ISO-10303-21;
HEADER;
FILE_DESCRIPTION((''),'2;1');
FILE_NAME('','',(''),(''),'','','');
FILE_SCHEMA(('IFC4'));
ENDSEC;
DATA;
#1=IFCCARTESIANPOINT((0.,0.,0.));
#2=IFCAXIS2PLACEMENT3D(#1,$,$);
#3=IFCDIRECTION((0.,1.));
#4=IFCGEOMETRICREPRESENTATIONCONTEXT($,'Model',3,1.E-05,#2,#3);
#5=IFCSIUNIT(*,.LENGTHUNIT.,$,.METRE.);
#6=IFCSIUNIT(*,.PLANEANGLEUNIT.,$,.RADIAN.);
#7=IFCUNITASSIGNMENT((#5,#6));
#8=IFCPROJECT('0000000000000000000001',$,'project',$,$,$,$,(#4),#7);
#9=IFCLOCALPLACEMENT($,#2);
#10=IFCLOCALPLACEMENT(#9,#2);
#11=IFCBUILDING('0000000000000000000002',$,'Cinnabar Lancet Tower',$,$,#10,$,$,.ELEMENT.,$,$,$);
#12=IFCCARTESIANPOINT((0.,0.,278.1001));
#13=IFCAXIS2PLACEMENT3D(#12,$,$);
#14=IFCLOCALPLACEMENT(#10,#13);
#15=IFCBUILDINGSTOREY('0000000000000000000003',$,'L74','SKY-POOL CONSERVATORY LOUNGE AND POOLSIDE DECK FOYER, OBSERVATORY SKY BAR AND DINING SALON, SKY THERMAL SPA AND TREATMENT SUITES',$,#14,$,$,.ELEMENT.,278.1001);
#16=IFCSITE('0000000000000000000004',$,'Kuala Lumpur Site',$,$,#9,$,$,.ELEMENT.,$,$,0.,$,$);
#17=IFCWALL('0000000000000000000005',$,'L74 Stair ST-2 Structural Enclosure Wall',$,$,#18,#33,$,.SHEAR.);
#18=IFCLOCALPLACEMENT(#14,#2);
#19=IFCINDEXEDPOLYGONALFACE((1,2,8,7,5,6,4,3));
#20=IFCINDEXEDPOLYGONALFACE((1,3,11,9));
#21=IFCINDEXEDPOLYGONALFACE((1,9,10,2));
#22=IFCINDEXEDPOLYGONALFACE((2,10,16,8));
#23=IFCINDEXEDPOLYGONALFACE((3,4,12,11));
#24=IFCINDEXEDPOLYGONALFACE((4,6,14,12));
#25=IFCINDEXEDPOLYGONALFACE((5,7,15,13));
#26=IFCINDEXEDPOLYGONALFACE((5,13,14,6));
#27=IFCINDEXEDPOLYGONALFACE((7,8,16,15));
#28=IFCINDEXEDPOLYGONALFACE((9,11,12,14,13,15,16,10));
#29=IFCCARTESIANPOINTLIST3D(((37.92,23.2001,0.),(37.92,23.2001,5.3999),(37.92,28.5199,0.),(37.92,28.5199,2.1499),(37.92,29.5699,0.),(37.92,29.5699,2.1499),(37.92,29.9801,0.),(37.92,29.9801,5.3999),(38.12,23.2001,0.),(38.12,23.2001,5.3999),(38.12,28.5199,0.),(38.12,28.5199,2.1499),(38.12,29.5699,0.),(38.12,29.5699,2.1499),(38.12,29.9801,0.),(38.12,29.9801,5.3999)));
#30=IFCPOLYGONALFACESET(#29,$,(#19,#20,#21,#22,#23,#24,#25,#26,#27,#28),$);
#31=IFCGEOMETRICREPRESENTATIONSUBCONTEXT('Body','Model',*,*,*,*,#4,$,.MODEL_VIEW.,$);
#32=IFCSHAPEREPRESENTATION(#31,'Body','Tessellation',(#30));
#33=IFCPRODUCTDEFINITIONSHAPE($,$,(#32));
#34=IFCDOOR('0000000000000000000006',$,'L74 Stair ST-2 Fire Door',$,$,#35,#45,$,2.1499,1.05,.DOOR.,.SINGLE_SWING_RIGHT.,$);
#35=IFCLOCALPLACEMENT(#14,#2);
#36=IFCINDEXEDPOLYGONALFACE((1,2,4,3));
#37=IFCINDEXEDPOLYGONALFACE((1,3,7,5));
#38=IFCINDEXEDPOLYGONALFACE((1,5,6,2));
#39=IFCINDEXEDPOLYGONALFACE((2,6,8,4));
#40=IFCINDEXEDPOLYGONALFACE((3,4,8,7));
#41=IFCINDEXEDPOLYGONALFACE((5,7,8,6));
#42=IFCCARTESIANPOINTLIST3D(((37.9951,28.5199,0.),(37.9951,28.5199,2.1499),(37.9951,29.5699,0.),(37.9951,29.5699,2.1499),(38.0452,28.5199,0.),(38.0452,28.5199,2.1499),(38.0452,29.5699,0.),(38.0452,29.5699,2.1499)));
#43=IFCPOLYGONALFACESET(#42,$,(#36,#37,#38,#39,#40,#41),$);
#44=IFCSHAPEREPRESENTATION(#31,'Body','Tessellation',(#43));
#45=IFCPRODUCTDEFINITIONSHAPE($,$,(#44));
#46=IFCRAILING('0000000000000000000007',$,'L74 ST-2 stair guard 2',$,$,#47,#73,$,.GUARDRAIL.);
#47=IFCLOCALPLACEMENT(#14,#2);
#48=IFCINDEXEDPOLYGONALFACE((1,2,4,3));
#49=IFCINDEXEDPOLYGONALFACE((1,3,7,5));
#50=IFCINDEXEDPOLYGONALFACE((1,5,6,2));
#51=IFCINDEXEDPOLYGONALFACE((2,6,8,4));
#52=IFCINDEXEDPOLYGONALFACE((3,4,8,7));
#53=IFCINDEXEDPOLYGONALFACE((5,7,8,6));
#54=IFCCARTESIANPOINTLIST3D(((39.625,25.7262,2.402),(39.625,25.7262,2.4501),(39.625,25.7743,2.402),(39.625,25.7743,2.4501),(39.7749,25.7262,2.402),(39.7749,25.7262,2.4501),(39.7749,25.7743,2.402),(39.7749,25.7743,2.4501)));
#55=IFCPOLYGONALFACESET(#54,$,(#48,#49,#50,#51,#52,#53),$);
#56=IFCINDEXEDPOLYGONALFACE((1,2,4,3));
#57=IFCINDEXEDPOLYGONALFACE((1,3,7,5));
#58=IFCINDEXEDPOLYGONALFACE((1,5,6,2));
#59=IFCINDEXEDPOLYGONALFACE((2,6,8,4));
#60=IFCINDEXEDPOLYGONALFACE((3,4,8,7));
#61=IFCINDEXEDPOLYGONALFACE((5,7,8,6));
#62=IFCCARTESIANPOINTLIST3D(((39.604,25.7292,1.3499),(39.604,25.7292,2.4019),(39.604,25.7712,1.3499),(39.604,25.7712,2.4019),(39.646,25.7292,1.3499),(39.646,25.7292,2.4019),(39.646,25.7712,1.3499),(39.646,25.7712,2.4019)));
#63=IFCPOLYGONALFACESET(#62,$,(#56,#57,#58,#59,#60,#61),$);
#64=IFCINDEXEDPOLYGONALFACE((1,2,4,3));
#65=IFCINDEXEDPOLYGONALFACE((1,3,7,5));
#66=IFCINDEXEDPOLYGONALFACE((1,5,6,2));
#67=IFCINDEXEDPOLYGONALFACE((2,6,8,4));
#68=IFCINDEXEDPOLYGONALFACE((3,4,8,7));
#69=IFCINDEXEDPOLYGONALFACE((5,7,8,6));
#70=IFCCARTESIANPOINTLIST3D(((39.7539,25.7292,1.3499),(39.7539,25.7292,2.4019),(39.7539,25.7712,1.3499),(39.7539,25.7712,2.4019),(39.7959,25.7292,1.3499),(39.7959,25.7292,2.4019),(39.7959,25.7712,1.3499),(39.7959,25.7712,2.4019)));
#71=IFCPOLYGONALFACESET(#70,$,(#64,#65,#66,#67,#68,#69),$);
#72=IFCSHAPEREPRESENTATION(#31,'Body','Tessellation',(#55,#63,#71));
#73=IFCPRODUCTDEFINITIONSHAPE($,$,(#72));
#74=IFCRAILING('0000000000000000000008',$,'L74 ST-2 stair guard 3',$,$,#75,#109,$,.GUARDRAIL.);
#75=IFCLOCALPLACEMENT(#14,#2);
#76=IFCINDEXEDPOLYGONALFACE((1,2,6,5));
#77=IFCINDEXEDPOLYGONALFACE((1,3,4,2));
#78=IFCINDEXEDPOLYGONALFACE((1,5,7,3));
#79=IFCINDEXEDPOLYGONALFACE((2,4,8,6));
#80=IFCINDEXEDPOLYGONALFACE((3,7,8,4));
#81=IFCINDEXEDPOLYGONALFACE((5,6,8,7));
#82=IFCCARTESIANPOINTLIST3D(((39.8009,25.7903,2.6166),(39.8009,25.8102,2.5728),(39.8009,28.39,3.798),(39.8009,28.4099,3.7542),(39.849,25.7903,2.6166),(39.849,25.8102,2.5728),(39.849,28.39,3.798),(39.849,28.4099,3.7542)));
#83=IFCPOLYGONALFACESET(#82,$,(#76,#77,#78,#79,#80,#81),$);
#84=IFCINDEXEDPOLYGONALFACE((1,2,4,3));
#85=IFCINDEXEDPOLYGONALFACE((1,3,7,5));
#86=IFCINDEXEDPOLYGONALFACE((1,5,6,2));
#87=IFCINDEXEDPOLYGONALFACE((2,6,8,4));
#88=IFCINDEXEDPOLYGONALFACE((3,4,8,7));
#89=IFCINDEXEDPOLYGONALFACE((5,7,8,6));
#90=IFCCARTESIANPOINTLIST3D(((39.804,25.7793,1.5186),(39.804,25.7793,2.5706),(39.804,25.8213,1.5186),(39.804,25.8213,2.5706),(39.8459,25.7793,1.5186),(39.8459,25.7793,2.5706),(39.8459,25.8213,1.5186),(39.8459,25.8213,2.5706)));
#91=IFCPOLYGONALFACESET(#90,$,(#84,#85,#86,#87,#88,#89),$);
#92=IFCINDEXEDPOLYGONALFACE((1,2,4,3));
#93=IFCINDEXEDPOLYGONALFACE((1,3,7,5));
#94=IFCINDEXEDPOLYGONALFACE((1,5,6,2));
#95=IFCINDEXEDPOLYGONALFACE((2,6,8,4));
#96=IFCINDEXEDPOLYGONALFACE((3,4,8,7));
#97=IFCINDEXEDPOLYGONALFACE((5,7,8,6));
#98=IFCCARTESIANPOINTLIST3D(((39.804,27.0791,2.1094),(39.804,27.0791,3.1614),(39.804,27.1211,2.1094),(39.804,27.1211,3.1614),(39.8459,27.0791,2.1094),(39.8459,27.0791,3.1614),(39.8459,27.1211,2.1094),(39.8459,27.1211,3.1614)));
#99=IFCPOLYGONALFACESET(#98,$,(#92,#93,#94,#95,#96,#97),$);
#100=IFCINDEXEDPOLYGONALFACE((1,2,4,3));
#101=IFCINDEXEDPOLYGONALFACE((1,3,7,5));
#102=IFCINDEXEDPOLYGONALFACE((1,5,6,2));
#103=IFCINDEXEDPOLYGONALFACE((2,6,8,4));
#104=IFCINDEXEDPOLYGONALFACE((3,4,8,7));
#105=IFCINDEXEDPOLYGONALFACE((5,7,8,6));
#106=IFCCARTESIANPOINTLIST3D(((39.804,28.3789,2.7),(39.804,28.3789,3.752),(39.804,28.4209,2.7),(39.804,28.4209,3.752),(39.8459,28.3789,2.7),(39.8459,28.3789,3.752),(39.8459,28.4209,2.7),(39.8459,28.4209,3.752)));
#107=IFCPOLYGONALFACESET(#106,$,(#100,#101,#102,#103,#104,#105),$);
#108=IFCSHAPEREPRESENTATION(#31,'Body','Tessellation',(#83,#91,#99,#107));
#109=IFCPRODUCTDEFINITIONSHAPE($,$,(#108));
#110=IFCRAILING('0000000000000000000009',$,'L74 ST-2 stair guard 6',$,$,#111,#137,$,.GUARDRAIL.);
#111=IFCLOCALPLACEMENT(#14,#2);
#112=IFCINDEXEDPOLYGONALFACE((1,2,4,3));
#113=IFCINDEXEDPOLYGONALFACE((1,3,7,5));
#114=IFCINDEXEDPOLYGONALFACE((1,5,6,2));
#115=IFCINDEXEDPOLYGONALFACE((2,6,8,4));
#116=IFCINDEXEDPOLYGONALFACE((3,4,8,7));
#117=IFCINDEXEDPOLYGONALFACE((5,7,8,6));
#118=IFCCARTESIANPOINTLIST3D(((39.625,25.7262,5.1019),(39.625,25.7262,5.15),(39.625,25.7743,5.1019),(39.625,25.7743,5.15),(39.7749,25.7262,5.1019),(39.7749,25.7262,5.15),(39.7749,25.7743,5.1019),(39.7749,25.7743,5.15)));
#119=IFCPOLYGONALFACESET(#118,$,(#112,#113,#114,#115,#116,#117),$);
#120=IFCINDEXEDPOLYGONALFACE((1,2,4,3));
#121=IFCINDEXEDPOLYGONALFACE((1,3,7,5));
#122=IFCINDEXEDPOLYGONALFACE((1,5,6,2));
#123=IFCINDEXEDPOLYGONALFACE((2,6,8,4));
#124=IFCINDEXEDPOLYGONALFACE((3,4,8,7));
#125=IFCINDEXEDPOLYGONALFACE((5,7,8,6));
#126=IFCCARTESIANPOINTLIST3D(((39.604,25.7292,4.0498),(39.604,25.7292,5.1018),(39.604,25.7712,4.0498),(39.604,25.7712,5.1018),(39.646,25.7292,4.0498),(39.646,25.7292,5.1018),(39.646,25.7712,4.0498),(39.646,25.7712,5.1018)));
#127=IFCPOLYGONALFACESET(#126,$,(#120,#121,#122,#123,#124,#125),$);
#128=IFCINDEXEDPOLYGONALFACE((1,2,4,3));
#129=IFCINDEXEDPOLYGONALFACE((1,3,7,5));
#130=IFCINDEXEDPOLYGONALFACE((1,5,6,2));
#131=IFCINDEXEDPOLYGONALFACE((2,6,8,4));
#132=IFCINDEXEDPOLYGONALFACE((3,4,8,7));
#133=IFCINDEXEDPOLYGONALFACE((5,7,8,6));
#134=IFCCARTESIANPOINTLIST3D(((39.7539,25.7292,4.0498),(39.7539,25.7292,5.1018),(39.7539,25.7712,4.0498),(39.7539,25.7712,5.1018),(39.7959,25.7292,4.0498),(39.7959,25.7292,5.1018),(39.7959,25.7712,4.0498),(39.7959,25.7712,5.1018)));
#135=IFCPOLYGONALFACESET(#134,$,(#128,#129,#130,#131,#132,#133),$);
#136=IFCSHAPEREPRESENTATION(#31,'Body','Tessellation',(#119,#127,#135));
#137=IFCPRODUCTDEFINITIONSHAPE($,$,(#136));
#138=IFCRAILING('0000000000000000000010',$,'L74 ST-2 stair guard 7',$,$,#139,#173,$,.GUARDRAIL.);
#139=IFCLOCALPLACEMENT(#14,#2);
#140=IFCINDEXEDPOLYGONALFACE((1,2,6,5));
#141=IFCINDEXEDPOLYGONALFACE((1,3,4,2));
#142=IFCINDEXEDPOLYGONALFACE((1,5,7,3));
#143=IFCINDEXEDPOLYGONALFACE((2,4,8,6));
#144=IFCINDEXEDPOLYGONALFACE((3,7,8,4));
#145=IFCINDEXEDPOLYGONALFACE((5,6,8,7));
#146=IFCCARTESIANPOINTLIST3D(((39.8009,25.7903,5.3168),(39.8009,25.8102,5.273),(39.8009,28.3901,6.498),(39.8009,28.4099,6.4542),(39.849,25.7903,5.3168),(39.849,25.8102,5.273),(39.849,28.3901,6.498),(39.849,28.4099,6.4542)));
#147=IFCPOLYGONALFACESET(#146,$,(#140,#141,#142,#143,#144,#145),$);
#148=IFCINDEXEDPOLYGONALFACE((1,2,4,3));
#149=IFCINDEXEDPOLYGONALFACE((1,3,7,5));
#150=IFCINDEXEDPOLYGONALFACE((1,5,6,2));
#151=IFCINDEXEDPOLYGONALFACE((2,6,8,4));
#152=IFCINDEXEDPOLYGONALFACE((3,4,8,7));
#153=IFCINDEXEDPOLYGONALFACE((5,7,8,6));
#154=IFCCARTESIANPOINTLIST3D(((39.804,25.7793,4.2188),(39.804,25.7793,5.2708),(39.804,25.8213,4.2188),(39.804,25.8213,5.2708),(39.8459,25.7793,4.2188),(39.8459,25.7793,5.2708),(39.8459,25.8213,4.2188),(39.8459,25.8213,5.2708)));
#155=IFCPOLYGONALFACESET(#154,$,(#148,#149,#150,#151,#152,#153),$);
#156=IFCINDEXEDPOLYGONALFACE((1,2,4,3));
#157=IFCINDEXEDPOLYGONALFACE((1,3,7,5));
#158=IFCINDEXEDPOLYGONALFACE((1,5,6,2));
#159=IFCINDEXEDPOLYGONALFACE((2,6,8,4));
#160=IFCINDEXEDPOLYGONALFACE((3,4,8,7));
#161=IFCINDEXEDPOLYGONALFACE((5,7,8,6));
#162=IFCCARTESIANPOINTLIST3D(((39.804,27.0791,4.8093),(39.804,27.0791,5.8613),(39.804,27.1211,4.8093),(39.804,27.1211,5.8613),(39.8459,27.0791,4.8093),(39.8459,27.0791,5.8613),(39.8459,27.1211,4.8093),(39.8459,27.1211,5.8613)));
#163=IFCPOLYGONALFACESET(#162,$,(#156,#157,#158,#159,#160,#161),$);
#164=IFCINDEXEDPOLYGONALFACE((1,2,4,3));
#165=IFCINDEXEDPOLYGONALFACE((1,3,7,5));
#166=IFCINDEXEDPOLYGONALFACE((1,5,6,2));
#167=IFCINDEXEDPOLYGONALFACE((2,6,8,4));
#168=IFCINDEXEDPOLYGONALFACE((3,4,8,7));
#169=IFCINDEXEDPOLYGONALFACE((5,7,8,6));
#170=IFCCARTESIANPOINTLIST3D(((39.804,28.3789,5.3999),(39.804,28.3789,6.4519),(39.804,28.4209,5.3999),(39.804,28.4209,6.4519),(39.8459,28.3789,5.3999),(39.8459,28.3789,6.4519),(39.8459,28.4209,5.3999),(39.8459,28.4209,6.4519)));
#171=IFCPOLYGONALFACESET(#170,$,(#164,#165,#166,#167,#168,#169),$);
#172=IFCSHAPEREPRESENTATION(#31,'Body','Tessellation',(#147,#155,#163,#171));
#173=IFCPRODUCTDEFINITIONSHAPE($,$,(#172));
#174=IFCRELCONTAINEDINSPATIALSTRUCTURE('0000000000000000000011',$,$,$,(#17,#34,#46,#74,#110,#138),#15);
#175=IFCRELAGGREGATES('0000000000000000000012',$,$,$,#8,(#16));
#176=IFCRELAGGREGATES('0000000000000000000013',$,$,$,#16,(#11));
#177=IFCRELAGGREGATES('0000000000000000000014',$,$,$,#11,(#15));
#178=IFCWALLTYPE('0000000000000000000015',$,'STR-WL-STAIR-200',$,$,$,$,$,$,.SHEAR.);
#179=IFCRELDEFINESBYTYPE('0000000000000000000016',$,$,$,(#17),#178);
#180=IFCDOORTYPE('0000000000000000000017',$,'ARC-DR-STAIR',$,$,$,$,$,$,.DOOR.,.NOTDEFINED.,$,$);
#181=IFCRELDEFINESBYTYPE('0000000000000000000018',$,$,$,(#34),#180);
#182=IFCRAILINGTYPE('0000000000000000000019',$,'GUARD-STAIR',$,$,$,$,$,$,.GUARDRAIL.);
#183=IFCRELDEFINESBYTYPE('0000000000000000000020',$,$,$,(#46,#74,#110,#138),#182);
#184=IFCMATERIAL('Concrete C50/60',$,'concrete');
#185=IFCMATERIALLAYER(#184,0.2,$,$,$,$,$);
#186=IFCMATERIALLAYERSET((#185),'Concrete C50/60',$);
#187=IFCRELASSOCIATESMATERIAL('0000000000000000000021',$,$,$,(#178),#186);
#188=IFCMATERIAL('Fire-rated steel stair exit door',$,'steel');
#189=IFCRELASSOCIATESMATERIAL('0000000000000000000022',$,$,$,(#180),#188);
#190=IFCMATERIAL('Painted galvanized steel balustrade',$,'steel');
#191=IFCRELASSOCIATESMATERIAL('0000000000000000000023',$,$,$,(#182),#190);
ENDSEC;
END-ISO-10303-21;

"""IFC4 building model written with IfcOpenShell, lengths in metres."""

from ifc_helpers import new_model, si_unit, direction, frame, frame_2d, origin, origin_2d, place, context, subcontext, project, spatial, rectangle, extrude, material, layer, layer_set, type_object, element, fill, save


model = new_model("IFC4")

# Units and contexts
model_context = context("Model", 3, precision=1e-05, world=origin(), true_north=direction((0.0, 1.0)))
body_context = subcontext(model_context, "Body", "Model", "MODEL_VIEW")
ifc_project = project(units=[si_unit("LENGTHUNIT", "METRE"), si_unit("PLANEANGLEUNIT", "RADIAN")], contexts=[model_context])

# Site, building, storey
site_placement = place(None, origin())
site = spatial("IfcSite", under=ifc_project, at=site_placement, Name="Kuala Lumpur Site", CompositionType="ELEMENT", RefElevation=0.0)
building_placement = place(site_placement, origin())
building = spatial("IfcBuilding", under=site, at=building_placement, Name="Cinnabar Lancet Tower", CompositionType="ELEMENT")
storey_placement = place(building_placement, frame((0.0, 0.0, 278.1001)))
storey = spatial("IfcBuildingStorey", under=building, at=storey_placement, Name="L74", Description="SKY-POOL CONSERVATORY LOUNGE AND POOLSIDE DECK FOYER, OBSERVATORY SKY BAR AND DINING SALON, SKY THERMAL SPA AND TREATMENT SUITES", CompositionType="ELEMENT", Elevation=278.1001)

# Wall, opening, door
ifc_material_1 = material(Name="Concrete C50/60", Category="concrete")
ifc_layer_1 = layer(ifc_material_1, 0.2)
ifc_layer_set_1 = layer_set([ifc_layer_1], Name="Concrete C50/60")
wall_type_1 = type_object("IfcWallType", Name="STR-WL-STAIR-200", PredefinedType="SHEAR", material=ifc_layer_set_1)
wall_1_placement = place(storey_placement, frame((38.02, 23.2, 0.0), z_axis=(0.0, 0.0, 1.0), x_axis=(0.0, 1.0, 0.0)))
wall_1 = element("IfcWall", 1, at=wall_1_placement, inside=storey, type_object=wall_type_1, Name="L74 Stair ST-2 Structural Enclosure Wall", PredefinedType="SHEAR", context=body_context, shape_type="SweptSolid", body=[
    extrude(rectangle(XDim=6.78, YDim=0.2, at=frame_2d((3.3901, 0.0))), origin(), (0.0, 0.0, 1.0), 5.3999),
])
opening_1_placement = place(wall_1_placement, frame((5.3201, 0.0, 0.0)))
opening_1 = element("IfcOpeningElement", 2, at=opening_1_placement, cuts=wall_1, PredefinedType="OPENING", context=body_context, shape_type="SweptSolid", body=[
    extrude(rectangle(XDim=1.05, YDim=2.1499, at=frame_2d((0.5249, 1.075))), frame((0.0, 0.1099, 0.0), z_axis=(0.0, -1.0, 0.0), x_axis=(1.0, 0.0, 0.0)), (0.0, 0.0, 1.0), 0.22),
])
ifc_material_2 = material(Name="Fire-rated steel stair exit door", Category="steel")
door_type_1 = type_object("IfcDoorType", Name="ARC-DR-STAIR", OperationType="NOTDEFINED", PredefinedType="DOOR", material=ifc_material_2)
door_1_placement = place(opening_1_placement, origin())
door_1 = element("IfcDoor", 3, at=door_1_placement, inside=storey, type_object=door_type_1, Name="L74 Stair ST-2 Fire Door", OperationType="SINGLE_SWING_RIGHT", OverallHeight=2.1499, OverallWidth=1.05, PredefinedType="DOOR", context=body_context, shape_type="SweptSolid", body=[
    extrude(rectangle(XDim=1.05, YDim=2.1499, at=frame_2d((0.5249, 1.075))), frame((0.0, 0.0249, 0.0), z_axis=(0.0, -1.0, 0.0), x_axis=(1.0, 0.0, 0.0)), (0.0, 0.0, 1.0), 0.05),
])
fill(opening_1, door_1)

# Railings
ifc_material_3 = material(Name="Painted galvanized steel balustrade", Category="steel")
railing_type = type_object("IfcRailingType", Name="GUARD-STAIR", PredefinedType="GUARDRAIL", material=ifc_material_3)
railing_1_placement = place(storey_placement, frame((39.625, 25.7502, 1.3499)))
element("IfcRailing", 4, at=railing_1_placement, inside=storey, type_object=railing_type, Name="L74 ST-2 stair guard 2", PredefinedType="GUARDRAIL", context=body_context, shape_type="SweptSolid", body=[
    extrude(rectangle(XDim=0.0481, YDim=0.0481, at=origin_2d()), frame((0.0, 0.0, 1.0762), z_axis=(1.0, 0.0, 0.0), x_axis=(0.0, 1.0, 0.0)), (0.0, 0.0, 1.0), 0.1499),
    extrude(rectangle(XDim=0.042, YDim=0.042, at=origin_2d()), origin(), (0.0, 0.0, 1.0), 1.052),
    extrude(rectangle(XDim=0.042, YDim=0.042, at=origin_2d()), frame((0.1499, 0.0, 0.0)), (0.0, 0.0, 1.0), 1.052),
])
railing_2_placement = place(storey_placement, frame((39.825, 25.8003, 1.5186)))
element("IfcRailing", 5, at=railing_2_placement, inside=storey, type_object=railing_type, Name="L74 ST-2 stair guard 3", PredefinedType="GUARDRAIL", context=body_context, shape_type="SweptSolid", body=[
    extrude(rectangle(XDim=0.0481, YDim=0.0481, at=origin_2d()), frame((0.0, 0.0, 1.0762), z_axis=(0.0, 0.910399, 0.413732), x_axis=(-1.0, 0.0, 0.0)), (0.0, 0.0, 1.0), 2.8555),
    extrude(rectangle(XDim=0.042, YDim=0.042, at=origin_2d()), origin(), (0.0, 0.0, 1.0), 1.052),
    extrude(rectangle(XDim=0.042, YDim=0.042, at=origin_2d()), frame((0.0, 1.2998, 0.5908)), (0.0, 0.0, 1.0), 1.052),
    extrude(rectangle(XDim=0.042, YDim=0.042, at=origin_2d()), frame((0.0, 2.5996, 1.1814)), (0.0, 0.0, 1.0), 1.052),
])
railing_3_placement = place(storey_placement, frame((39.625, 25.7502, 4.0498)))
element("IfcRailing", 6, at=railing_3_placement, inside=storey, type_object=railing_type, Name="L74 ST-2 stair guard 6", PredefinedType="GUARDRAIL", context=body_context, shape_type="SweptSolid", body=[
    extrude(rectangle(XDim=0.0481, YDim=0.0481, at=origin_2d()), frame((0.0, 0.0, 1.0762), z_axis=(1.0, 0.0, 0.0), x_axis=(0.0, 1.0, 0.0)), (0.0, 0.0, 1.0), 0.1499),
    extrude(rectangle(XDim=0.042, YDim=0.042, at=origin_2d()), origin(), (0.0, 0.0, 1.0), 1.052),
    extrude(rectangle(XDim=0.042, YDim=0.042, at=origin_2d()), frame((0.1499, 0.0, 0.0)), (0.0, 0.0, 1.0), 1.052),
])
railing_4_placement = place(storey_placement, frame((39.825, 25.8003, 4.2188)))
element("IfcRailing", 7, at=railing_4_placement, inside=storey, type_object=railing_type, Name="L74 ST-2 stair guard 7", PredefinedType="GUARDRAIL", context=body_context, shape_type="SweptSolid", body=[
    extrude(rectangle(XDim=0.0481, YDim=0.0481, at=origin_2d()), frame((0.0, 0.0, 1.0762), z_axis=(0.0, 0.910431, 0.413661), x_axis=(-1.0, 0.0, 0.0)), (0.0, 0.0, 1.0), 2.8555),
    extrude(rectangle(XDim=0.042, YDim=0.042, at=origin_2d()), origin(), (0.0, 0.0, 1.0), 1.052),
    extrude(rectangle(XDim=0.042, YDim=0.042, at=origin_2d()), frame((0.0, 1.2998, 0.5906)), (0.0, 0.0, 1.0), 1.052),
    extrude(rectangle(XDim=0.042, YDim=0.042, at=origin_2d()), frame((0.0, 2.5996, 1.1812)), (0.0, 0.0, 1.0), 1.052),
])

save(model, "model.ifc")
